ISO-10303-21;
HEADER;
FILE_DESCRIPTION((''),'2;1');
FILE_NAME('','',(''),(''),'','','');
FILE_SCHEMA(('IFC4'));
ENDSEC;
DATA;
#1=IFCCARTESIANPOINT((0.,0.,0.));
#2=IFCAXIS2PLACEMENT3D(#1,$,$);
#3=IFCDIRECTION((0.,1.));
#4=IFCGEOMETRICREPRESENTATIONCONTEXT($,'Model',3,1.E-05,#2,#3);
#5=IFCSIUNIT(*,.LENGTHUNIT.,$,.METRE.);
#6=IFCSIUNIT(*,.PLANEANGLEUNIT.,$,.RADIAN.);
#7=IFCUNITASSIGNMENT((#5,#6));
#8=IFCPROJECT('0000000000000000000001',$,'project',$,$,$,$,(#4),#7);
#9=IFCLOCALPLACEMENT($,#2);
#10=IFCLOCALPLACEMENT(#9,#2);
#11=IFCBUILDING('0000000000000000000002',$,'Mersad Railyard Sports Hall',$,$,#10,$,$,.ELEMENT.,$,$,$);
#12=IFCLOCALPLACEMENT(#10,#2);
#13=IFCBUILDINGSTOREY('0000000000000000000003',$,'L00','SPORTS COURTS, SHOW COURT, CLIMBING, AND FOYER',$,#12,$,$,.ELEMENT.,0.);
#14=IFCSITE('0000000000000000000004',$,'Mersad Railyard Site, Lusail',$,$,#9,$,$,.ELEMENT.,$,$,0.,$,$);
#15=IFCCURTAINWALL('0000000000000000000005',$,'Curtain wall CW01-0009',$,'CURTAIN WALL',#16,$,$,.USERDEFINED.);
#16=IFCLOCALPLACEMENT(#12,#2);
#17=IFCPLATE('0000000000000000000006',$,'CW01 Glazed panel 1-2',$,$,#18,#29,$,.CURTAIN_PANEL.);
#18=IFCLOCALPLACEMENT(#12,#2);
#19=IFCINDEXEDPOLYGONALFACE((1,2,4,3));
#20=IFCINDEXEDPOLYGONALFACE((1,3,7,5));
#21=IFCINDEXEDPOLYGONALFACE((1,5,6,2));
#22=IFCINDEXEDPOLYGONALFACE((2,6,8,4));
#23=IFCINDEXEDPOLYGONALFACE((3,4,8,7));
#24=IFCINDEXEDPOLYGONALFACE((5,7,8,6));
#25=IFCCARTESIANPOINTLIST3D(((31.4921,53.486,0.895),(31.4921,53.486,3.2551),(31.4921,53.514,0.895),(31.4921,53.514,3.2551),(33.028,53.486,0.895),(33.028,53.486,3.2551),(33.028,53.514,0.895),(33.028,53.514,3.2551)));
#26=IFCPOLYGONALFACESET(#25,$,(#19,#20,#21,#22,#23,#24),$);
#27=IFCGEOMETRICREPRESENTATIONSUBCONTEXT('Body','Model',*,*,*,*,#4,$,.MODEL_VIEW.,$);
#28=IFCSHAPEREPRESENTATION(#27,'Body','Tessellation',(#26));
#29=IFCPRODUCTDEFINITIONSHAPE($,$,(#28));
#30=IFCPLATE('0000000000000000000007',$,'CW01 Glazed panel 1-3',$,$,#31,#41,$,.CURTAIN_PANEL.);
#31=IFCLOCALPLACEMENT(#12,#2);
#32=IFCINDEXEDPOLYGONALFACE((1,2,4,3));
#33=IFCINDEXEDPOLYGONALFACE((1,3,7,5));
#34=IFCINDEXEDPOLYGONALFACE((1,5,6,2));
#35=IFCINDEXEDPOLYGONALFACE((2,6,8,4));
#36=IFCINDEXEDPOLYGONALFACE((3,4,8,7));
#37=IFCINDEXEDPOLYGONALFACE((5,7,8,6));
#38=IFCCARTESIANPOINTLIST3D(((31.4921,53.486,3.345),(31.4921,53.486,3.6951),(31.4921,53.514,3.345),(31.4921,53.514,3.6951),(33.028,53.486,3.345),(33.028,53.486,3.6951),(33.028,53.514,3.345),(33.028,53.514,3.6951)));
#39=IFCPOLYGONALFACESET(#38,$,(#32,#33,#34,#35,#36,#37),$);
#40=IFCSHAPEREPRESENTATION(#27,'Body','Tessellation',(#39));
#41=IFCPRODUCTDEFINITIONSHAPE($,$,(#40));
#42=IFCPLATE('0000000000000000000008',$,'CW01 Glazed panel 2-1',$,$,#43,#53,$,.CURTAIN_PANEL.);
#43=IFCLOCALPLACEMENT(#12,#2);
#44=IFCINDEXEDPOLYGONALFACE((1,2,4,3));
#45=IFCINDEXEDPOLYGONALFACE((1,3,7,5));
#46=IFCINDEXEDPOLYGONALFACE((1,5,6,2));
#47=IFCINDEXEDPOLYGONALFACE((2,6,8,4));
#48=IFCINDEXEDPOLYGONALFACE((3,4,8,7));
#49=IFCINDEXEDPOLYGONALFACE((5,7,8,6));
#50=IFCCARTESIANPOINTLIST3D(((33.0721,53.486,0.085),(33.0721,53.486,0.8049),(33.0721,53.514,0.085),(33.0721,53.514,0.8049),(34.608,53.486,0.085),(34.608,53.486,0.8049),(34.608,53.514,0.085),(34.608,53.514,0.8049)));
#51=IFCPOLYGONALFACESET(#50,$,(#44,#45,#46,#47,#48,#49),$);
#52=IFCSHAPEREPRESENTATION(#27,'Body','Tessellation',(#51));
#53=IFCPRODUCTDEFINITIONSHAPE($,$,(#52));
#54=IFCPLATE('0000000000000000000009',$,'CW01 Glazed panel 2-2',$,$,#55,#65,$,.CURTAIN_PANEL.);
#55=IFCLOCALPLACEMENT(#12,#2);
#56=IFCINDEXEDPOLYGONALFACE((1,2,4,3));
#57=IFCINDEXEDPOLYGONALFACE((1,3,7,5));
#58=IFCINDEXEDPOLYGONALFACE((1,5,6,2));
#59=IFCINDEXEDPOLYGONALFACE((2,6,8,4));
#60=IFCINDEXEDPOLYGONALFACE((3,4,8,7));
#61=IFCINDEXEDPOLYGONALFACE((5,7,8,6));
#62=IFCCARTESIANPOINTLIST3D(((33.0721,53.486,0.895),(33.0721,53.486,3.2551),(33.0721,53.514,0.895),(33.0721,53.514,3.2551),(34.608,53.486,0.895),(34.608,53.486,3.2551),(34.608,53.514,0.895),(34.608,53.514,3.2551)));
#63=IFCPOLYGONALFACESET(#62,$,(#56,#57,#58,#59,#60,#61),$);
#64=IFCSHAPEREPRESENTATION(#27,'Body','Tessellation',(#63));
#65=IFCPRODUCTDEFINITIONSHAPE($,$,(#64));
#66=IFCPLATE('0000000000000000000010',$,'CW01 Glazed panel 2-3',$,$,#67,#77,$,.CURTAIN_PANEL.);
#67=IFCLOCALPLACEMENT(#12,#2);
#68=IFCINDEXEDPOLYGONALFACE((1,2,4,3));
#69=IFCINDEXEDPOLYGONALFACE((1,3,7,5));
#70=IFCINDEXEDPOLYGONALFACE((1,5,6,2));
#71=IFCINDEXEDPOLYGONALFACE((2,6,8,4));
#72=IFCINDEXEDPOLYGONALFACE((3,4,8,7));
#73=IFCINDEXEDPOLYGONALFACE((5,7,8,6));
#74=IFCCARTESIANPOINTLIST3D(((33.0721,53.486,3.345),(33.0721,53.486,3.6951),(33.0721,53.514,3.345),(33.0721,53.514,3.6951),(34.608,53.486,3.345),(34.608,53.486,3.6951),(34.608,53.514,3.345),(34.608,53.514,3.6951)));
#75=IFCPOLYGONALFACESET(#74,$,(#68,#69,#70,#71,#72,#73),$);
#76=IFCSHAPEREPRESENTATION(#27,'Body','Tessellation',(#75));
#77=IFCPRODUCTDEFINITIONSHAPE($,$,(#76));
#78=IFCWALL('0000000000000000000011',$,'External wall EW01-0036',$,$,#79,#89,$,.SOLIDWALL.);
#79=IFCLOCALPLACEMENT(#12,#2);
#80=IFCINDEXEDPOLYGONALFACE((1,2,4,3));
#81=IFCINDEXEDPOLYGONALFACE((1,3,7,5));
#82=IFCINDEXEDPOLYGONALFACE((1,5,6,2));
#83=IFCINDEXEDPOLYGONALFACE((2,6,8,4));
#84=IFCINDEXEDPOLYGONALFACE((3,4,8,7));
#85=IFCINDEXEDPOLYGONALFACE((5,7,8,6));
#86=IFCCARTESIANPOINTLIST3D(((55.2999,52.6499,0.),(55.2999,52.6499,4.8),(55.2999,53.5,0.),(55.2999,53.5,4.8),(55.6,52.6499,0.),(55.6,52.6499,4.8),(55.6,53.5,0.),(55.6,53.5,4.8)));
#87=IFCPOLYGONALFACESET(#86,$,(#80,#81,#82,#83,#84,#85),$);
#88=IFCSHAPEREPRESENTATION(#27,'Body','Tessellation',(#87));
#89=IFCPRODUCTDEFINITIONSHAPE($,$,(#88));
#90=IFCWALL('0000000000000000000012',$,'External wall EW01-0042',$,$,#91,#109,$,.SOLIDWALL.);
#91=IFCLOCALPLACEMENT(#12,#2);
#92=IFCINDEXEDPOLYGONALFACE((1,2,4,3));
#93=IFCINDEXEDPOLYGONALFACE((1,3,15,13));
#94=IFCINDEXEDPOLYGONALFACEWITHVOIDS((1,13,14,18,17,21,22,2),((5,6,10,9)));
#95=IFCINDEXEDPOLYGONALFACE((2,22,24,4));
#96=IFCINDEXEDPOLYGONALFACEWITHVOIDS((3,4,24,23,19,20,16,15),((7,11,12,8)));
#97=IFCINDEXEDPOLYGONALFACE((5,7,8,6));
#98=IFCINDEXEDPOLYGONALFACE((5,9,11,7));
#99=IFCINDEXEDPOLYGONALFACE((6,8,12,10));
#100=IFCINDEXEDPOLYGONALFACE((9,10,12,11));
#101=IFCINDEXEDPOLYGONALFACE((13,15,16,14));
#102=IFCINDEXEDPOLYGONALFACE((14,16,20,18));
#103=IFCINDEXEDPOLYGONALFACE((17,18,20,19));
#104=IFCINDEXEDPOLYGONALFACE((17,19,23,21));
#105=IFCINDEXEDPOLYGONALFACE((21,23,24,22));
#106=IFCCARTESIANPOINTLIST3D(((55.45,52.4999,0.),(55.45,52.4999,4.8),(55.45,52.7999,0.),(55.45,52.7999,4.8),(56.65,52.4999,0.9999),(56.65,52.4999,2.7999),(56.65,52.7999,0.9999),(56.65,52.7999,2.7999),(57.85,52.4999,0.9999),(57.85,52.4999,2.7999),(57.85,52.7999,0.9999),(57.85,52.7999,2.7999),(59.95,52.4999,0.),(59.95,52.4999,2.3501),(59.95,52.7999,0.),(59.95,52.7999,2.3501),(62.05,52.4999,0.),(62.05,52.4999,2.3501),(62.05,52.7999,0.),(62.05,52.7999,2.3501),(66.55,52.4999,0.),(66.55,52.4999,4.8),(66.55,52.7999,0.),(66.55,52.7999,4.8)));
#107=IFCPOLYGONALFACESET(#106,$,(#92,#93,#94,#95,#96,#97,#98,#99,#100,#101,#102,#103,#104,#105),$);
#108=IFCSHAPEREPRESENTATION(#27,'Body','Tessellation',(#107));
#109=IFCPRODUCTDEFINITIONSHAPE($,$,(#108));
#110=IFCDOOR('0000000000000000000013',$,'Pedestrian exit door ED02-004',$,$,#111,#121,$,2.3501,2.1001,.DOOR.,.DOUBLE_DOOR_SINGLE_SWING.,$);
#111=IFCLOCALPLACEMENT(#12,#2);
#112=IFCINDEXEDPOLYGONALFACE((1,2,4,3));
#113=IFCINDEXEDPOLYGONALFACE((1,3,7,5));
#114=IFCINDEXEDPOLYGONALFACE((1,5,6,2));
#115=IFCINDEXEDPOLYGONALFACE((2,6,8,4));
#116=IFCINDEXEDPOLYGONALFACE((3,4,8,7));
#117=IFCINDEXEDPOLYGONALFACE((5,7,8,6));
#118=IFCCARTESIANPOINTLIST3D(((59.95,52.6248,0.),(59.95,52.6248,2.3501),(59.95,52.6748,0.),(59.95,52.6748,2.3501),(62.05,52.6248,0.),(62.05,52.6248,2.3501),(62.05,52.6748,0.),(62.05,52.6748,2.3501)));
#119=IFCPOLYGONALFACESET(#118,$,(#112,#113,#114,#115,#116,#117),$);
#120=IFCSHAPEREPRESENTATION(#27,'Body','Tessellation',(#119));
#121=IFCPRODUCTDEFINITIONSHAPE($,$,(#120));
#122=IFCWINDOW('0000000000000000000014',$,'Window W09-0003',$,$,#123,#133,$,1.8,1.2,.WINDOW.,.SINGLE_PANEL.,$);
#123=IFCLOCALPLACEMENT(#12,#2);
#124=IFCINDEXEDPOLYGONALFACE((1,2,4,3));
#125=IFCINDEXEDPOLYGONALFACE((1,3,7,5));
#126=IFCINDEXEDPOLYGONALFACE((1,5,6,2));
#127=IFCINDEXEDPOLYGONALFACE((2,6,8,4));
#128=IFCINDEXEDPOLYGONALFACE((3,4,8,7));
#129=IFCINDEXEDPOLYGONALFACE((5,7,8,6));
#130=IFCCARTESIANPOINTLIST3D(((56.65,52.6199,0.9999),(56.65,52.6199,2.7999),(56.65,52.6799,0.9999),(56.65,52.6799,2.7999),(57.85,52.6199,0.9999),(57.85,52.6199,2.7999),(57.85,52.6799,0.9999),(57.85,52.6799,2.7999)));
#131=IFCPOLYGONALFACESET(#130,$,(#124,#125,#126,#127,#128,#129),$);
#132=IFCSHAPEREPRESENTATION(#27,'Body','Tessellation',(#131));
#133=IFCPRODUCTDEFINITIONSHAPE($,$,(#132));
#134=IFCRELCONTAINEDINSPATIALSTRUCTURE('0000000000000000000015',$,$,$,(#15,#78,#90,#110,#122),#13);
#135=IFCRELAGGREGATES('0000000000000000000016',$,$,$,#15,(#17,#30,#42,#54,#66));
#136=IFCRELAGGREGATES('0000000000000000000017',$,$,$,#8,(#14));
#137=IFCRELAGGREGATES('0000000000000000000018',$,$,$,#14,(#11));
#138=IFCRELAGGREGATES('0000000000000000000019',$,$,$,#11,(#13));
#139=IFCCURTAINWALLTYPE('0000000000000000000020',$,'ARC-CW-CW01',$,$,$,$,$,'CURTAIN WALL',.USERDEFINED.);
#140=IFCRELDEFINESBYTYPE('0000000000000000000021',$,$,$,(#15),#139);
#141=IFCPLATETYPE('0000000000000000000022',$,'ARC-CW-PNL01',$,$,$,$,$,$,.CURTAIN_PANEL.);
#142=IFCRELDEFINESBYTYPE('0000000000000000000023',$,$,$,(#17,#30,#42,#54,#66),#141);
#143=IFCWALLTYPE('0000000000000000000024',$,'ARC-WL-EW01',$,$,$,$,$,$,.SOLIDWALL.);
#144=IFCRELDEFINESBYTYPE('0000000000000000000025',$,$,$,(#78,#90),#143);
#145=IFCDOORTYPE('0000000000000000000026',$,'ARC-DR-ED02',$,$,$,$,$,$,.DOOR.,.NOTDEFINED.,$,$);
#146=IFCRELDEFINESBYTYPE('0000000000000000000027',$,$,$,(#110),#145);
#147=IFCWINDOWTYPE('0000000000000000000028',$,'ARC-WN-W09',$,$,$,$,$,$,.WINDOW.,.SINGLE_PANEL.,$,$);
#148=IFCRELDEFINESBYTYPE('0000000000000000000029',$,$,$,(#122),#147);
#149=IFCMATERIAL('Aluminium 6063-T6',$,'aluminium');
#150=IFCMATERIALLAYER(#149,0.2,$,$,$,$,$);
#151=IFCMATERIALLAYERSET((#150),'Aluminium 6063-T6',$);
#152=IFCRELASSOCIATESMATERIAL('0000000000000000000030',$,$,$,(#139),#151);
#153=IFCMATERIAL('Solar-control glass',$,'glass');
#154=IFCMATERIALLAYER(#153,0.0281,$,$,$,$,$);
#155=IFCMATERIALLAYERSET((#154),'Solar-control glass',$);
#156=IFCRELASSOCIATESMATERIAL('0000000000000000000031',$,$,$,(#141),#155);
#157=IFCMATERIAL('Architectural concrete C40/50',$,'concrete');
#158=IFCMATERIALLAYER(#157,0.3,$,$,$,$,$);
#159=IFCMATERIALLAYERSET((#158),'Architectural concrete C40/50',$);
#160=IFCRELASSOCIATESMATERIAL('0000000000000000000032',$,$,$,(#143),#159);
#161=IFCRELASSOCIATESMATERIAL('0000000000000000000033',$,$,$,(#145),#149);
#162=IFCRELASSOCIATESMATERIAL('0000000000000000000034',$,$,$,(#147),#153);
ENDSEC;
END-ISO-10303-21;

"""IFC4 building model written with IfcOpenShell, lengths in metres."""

from ifc_helpers import new_model, si_unit, direction, frame, frame_2d, origin, origin_2d, place, context, subcontext, project, spatial, rectangle, extrude, material, layer, layer_set, type_object, element, fill, aggregate, save


model = new_model("IFC4")

# Units and contexts
model_context = context("Model", 3, precision=1e-05, world=origin(), true_north=direction((0.0, 1.0)))
body_context = subcontext(model_context, "Body", "Model", "MODEL_VIEW")
ifc_project = project(units=[si_unit("LENGTHUNIT", "METRE"), si_unit("PLANEANGLEUNIT", "RADIAN")], contexts=[model_context])

# Site, building, storey
site_placement = place(None, origin())
site = spatial("IfcSite", under=ifc_project, at=site_placement, Name="Mersad Railyard Site, Lusail", CompositionType="ELEMENT", RefElevation=0.0)
building_placement = place(site_placement, origin())
building = spatial("IfcBuilding", under=site, at=building_placement, Name="Mersad Railyard Sports Hall", CompositionType="ELEMENT")
storey_placement = place(building_placement, origin())
storey = spatial("IfcBuildingStorey", under=building, at=storey_placement, Name="L00", Description="SPORTS COURTS, SHOW COURT, CLIMBING, AND FOYER", CompositionType="ELEMENT", Elevation=0.0)

# Curtain wall, plates
ifc_material_1 = material(Name="Aluminium 6063-T6", Category="aluminium")
ifc_layer_1 = layer(ifc_material_1, 0.2)
ifc_layer_set_1 = layer_set([ifc_layer_1], Name="Aluminium 6063-T6")
curtain_wall_type = type_object("IfcCurtainWallType", Name="ARC-CW-CW01", ElementType="CURTAIN WALL", PredefinedType="USERDEFINED", material=ifc_layer_set_1)
curtain_wall_placement = place(storey_placement, origin())
curtain_wall = element("IfcCurtainWall", 1, at=curtain_wall_placement, inside=storey, type_object=curtain_wall_type, Name="Curtain wall CW01-0009", ObjectType="CURTAIN WALL", PredefinedType="USERDEFINED")
ifc_material_2 = material(Name="Solar-control glass", Category="glass")
ifc_layer_2 = layer(ifc_material_2, 0.0281)
ifc_layer_set_2 = layer_set([ifc_layer_2], Name="Solar-control glass")
plate_type = type_object("IfcPlateType", Name="ARC-CW-PNL01", PredefinedType="CURTAIN_PANEL", material=ifc_layer_set_2)
plate_1_placement = place(storey_placement, frame((32.26, 53.5, 0.895), z_axis=(0.0, 0.0, 1.0), x_axis=(1.0, 0.0, 0.0)))
plate_1 = element("IfcPlate", 2, at=plate_1_placement, type_object=plate_type, Name="CW01 Glazed panel 1-2", PredefinedType="CURTAIN_PANEL", context=body_context, shape_type="SweptSolid", body=[
    extrude(rectangle(XDim=1.5359, YDim=0.0281, at=origin_2d()), origin(), (0.0, 0.0, 1.0), 2.3601),
])
plate_2_placement = place(storey_placement, frame((32.26, 53.5, 3.345), z_axis=(0.0, 0.0, 1.0), x_axis=(1.0, 0.0, 0.0)))
plate_2 = element("IfcPlate", 3, at=plate_2_placement, type_object=plate_type, Name="CW01 Glazed panel 1-3", PredefinedType="CURTAIN_PANEL", context=body_context, shape_type="SweptSolid", body=[
    extrude(rectangle(XDim=1.5359, YDim=0.0281, at=origin_2d()), origin(), (0.0, 0.0, 1.0), 0.3501),
])
plate_3_placement = place(storey_placement, frame((33.8401, 53.5, 0.085), z_axis=(0.0, 0.0, 1.0), x_axis=(1.0, 0.0, 0.0)))
plate_3 = element("IfcPlate", 4, at=plate_3_placement, type_object=plate_type, Name="CW01 Glazed panel 2-1", PredefinedType="CURTAIN_PANEL", context=body_context, shape_type="SweptSolid", body=[
    extrude(rectangle(XDim=1.5359, YDim=0.0281, at=origin_2d()), origin(), (0.0, 0.0, 1.0), 0.72),
])
plate_4_placement = place(storey_placement, frame((33.8401, 53.5, 0.895), z_axis=(0.0, 0.0, 1.0), x_axis=(1.0, 0.0, 0.0)))
plate_4 = element("IfcPlate", 5, at=plate_4_placement, type_object=plate_type, Name="CW01 Glazed panel 2-2", PredefinedType="CURTAIN_PANEL", context=body_context, shape_type="SweptSolid", body=[
    extrude(rectangle(XDim=1.5359, YDim=0.0281, at=origin_2d()), origin(), (0.0, 0.0, 1.0), 2.3601),
])
plate_5_placement = place(storey_placement, frame((33.8401, 53.5, 3.345), z_axis=(0.0, 0.0, 1.0), x_axis=(1.0, 0.0, 0.0)))
plate_5 = element("IfcPlate", 6, at=plate_5_placement, type_object=plate_type, Name="CW01 Glazed panel 2-3", PredefinedType="CURTAIN_PANEL", context=body_context, shape_type="SweptSolid", body=[
    extrude(rectangle(XDim=1.5359, YDim=0.0281, at=origin_2d()), origin(), (0.0, 0.0, 1.0), 0.3501),
])
aggregate(curtain_wall, [plate_1, plate_2, plate_3, plate_4, plate_5])

# Wall
ifc_material_3 = material(Name="Architectural concrete C40/50", Category="concrete")
ifc_layer_3 = layer(ifc_material_3, 0.3)
ifc_layer_set_3 = layer_set([ifc_layer_3], Name="Architectural concrete C40/50")
wall_type = type_object("IfcWallType", Name="ARC-WL-EW01", PredefinedType="SOLIDWALL", material=ifc_layer_set_3)
wall_1_placement = place(storey_placement, frame((55.45, 52.6499, 0.0), z_axis=(0.0, 0.0, 1.0), x_axis=(0.0, 1.0, 0.0)))
element("IfcWall", 7, at=wall_1_placement, inside=storey, type_object=wall_type, Name="External wall EW01-0036", PredefinedType="SOLIDWALL", context=body_context, shape_type="SweptSolid", body=[
    extrude(rectangle(XDim=0.8501, YDim=0.3, at=frame_2d((0.425, 0.0))), origin(), (0.0, 0.0, 1.0), 4.8),
])

# Wall, openings, door, window
wall_2_placement = place(storey_placement, frame((55.45, 52.6499, 0.0), z_axis=(0.0, 0.0, 1.0), x_axis=(1.0, 0.0, 0.0)))
wall_2 = element("IfcWall", 8, at=wall_2_placement, inside=storey, type_object=wall_type, Name="External wall EW01-0042", PredefinedType="SOLIDWALL", context=body_context, shape_type="SweptSolid", body=[
    extrude(rectangle(XDim=11.1001, YDim=0.3, at=frame_2d((5.55, 0.0))), origin(), (0.0, 0.0, 1.0), 4.8),
])
opening_1_placement = place(wall_2_placement, frame((4.5, 0.0, 0.0)))
opening_1 = element("IfcOpeningElement", 9, at=opening_1_placement, cuts=wall_2, PredefinedType="OPENING", context=body_context, shape_type="SweptSolid", body=[
    extrude(rectangle(XDim=2.1001, YDim=2.3501, at=frame_2d((1.05, 1.175))), frame((0.0, 0.1599, 0.0), z_axis=(0.0, -1.0, 0.0), x_axis=(1.0, 0.0, 0.0)), (0.0, 0.0, 1.0), 0.3201),
])
opening_2_placement = place(wall_2_placement, frame((1.2, 0.0, 1.0)))
opening_2 = element("IfcOpeningElement", 10, at=opening_2_placement, cuts=wall_2, PredefinedType="OPENING", context=body_context, shape_type="SweptSolid", body=[
    extrude(rectangle(XDim=1.2, YDim=1.8, at=frame_2d((0.6001, 0.8999))), frame((0.0, 0.1599, 0.0), z_axis=(0.0, -1.0, 0.0), x_axis=(1.0, 0.0, 0.0)), (0.0, 0.0, 1.0), 0.3201),
])
door_type = type_object("IfcDoorType", Name="ARC-DR-ED02", OperationType="NOTDEFINED", PredefinedType="DOOR", material=ifc_material_1)
door_placement = place(opening_1_placement, origin())
door = element("IfcDoor", 11, at=door_placement, inside=storey, type_object=door_type, Name="Pedestrian exit door ED02-004", OperationType="DOUBLE_DOOR_SINGLE_SWING", OverallHeight=2.3501, OverallWidth=2.1001, PredefinedType="DOOR", context=body_context, shape_type="SweptSolid", body=[
    extrude(rectangle(XDim=2.1001, YDim=2.3501, at=frame_2d((1.05, 1.175))), frame((0.0, 0.0249, 0.0), z_axis=(0.0, -1.0, 0.0), x_axis=(1.0, 0.0, 0.0)), (0.0, 0.0, 1.0), 0.05),
])
fill(opening_1, door)
window_type = type_object("IfcWindowType", Name="ARC-WN-W09", PartitioningType="SINGLE_PANEL", PredefinedType="WINDOW", material=ifc_material_2)
window_placement = place(opening_2_placement, origin())
window = element("IfcWindow", 12, at=window_placement, inside=storey, type_object=window_type, Name="Window W09-0003", OverallHeight=1.8, OverallWidth=1.2, PartitioningType="SINGLE_PANEL", PredefinedType="WINDOW", context=body_context, shape_type="SweptSolid", body=[
    extrude(rectangle(XDim=1.2, YDim=1.8, at=frame_2d((0.6001, 0.8999))), frame((0.0, 0.03, 0.0), z_axis=(0.0, -1.0, 0.0), x_axis=(1.0, 0.0, 0.0)), (0.0, 0.0, 1.0), 0.0601),
])
fill(opening_2, window)

save(model, "model.ifc")
